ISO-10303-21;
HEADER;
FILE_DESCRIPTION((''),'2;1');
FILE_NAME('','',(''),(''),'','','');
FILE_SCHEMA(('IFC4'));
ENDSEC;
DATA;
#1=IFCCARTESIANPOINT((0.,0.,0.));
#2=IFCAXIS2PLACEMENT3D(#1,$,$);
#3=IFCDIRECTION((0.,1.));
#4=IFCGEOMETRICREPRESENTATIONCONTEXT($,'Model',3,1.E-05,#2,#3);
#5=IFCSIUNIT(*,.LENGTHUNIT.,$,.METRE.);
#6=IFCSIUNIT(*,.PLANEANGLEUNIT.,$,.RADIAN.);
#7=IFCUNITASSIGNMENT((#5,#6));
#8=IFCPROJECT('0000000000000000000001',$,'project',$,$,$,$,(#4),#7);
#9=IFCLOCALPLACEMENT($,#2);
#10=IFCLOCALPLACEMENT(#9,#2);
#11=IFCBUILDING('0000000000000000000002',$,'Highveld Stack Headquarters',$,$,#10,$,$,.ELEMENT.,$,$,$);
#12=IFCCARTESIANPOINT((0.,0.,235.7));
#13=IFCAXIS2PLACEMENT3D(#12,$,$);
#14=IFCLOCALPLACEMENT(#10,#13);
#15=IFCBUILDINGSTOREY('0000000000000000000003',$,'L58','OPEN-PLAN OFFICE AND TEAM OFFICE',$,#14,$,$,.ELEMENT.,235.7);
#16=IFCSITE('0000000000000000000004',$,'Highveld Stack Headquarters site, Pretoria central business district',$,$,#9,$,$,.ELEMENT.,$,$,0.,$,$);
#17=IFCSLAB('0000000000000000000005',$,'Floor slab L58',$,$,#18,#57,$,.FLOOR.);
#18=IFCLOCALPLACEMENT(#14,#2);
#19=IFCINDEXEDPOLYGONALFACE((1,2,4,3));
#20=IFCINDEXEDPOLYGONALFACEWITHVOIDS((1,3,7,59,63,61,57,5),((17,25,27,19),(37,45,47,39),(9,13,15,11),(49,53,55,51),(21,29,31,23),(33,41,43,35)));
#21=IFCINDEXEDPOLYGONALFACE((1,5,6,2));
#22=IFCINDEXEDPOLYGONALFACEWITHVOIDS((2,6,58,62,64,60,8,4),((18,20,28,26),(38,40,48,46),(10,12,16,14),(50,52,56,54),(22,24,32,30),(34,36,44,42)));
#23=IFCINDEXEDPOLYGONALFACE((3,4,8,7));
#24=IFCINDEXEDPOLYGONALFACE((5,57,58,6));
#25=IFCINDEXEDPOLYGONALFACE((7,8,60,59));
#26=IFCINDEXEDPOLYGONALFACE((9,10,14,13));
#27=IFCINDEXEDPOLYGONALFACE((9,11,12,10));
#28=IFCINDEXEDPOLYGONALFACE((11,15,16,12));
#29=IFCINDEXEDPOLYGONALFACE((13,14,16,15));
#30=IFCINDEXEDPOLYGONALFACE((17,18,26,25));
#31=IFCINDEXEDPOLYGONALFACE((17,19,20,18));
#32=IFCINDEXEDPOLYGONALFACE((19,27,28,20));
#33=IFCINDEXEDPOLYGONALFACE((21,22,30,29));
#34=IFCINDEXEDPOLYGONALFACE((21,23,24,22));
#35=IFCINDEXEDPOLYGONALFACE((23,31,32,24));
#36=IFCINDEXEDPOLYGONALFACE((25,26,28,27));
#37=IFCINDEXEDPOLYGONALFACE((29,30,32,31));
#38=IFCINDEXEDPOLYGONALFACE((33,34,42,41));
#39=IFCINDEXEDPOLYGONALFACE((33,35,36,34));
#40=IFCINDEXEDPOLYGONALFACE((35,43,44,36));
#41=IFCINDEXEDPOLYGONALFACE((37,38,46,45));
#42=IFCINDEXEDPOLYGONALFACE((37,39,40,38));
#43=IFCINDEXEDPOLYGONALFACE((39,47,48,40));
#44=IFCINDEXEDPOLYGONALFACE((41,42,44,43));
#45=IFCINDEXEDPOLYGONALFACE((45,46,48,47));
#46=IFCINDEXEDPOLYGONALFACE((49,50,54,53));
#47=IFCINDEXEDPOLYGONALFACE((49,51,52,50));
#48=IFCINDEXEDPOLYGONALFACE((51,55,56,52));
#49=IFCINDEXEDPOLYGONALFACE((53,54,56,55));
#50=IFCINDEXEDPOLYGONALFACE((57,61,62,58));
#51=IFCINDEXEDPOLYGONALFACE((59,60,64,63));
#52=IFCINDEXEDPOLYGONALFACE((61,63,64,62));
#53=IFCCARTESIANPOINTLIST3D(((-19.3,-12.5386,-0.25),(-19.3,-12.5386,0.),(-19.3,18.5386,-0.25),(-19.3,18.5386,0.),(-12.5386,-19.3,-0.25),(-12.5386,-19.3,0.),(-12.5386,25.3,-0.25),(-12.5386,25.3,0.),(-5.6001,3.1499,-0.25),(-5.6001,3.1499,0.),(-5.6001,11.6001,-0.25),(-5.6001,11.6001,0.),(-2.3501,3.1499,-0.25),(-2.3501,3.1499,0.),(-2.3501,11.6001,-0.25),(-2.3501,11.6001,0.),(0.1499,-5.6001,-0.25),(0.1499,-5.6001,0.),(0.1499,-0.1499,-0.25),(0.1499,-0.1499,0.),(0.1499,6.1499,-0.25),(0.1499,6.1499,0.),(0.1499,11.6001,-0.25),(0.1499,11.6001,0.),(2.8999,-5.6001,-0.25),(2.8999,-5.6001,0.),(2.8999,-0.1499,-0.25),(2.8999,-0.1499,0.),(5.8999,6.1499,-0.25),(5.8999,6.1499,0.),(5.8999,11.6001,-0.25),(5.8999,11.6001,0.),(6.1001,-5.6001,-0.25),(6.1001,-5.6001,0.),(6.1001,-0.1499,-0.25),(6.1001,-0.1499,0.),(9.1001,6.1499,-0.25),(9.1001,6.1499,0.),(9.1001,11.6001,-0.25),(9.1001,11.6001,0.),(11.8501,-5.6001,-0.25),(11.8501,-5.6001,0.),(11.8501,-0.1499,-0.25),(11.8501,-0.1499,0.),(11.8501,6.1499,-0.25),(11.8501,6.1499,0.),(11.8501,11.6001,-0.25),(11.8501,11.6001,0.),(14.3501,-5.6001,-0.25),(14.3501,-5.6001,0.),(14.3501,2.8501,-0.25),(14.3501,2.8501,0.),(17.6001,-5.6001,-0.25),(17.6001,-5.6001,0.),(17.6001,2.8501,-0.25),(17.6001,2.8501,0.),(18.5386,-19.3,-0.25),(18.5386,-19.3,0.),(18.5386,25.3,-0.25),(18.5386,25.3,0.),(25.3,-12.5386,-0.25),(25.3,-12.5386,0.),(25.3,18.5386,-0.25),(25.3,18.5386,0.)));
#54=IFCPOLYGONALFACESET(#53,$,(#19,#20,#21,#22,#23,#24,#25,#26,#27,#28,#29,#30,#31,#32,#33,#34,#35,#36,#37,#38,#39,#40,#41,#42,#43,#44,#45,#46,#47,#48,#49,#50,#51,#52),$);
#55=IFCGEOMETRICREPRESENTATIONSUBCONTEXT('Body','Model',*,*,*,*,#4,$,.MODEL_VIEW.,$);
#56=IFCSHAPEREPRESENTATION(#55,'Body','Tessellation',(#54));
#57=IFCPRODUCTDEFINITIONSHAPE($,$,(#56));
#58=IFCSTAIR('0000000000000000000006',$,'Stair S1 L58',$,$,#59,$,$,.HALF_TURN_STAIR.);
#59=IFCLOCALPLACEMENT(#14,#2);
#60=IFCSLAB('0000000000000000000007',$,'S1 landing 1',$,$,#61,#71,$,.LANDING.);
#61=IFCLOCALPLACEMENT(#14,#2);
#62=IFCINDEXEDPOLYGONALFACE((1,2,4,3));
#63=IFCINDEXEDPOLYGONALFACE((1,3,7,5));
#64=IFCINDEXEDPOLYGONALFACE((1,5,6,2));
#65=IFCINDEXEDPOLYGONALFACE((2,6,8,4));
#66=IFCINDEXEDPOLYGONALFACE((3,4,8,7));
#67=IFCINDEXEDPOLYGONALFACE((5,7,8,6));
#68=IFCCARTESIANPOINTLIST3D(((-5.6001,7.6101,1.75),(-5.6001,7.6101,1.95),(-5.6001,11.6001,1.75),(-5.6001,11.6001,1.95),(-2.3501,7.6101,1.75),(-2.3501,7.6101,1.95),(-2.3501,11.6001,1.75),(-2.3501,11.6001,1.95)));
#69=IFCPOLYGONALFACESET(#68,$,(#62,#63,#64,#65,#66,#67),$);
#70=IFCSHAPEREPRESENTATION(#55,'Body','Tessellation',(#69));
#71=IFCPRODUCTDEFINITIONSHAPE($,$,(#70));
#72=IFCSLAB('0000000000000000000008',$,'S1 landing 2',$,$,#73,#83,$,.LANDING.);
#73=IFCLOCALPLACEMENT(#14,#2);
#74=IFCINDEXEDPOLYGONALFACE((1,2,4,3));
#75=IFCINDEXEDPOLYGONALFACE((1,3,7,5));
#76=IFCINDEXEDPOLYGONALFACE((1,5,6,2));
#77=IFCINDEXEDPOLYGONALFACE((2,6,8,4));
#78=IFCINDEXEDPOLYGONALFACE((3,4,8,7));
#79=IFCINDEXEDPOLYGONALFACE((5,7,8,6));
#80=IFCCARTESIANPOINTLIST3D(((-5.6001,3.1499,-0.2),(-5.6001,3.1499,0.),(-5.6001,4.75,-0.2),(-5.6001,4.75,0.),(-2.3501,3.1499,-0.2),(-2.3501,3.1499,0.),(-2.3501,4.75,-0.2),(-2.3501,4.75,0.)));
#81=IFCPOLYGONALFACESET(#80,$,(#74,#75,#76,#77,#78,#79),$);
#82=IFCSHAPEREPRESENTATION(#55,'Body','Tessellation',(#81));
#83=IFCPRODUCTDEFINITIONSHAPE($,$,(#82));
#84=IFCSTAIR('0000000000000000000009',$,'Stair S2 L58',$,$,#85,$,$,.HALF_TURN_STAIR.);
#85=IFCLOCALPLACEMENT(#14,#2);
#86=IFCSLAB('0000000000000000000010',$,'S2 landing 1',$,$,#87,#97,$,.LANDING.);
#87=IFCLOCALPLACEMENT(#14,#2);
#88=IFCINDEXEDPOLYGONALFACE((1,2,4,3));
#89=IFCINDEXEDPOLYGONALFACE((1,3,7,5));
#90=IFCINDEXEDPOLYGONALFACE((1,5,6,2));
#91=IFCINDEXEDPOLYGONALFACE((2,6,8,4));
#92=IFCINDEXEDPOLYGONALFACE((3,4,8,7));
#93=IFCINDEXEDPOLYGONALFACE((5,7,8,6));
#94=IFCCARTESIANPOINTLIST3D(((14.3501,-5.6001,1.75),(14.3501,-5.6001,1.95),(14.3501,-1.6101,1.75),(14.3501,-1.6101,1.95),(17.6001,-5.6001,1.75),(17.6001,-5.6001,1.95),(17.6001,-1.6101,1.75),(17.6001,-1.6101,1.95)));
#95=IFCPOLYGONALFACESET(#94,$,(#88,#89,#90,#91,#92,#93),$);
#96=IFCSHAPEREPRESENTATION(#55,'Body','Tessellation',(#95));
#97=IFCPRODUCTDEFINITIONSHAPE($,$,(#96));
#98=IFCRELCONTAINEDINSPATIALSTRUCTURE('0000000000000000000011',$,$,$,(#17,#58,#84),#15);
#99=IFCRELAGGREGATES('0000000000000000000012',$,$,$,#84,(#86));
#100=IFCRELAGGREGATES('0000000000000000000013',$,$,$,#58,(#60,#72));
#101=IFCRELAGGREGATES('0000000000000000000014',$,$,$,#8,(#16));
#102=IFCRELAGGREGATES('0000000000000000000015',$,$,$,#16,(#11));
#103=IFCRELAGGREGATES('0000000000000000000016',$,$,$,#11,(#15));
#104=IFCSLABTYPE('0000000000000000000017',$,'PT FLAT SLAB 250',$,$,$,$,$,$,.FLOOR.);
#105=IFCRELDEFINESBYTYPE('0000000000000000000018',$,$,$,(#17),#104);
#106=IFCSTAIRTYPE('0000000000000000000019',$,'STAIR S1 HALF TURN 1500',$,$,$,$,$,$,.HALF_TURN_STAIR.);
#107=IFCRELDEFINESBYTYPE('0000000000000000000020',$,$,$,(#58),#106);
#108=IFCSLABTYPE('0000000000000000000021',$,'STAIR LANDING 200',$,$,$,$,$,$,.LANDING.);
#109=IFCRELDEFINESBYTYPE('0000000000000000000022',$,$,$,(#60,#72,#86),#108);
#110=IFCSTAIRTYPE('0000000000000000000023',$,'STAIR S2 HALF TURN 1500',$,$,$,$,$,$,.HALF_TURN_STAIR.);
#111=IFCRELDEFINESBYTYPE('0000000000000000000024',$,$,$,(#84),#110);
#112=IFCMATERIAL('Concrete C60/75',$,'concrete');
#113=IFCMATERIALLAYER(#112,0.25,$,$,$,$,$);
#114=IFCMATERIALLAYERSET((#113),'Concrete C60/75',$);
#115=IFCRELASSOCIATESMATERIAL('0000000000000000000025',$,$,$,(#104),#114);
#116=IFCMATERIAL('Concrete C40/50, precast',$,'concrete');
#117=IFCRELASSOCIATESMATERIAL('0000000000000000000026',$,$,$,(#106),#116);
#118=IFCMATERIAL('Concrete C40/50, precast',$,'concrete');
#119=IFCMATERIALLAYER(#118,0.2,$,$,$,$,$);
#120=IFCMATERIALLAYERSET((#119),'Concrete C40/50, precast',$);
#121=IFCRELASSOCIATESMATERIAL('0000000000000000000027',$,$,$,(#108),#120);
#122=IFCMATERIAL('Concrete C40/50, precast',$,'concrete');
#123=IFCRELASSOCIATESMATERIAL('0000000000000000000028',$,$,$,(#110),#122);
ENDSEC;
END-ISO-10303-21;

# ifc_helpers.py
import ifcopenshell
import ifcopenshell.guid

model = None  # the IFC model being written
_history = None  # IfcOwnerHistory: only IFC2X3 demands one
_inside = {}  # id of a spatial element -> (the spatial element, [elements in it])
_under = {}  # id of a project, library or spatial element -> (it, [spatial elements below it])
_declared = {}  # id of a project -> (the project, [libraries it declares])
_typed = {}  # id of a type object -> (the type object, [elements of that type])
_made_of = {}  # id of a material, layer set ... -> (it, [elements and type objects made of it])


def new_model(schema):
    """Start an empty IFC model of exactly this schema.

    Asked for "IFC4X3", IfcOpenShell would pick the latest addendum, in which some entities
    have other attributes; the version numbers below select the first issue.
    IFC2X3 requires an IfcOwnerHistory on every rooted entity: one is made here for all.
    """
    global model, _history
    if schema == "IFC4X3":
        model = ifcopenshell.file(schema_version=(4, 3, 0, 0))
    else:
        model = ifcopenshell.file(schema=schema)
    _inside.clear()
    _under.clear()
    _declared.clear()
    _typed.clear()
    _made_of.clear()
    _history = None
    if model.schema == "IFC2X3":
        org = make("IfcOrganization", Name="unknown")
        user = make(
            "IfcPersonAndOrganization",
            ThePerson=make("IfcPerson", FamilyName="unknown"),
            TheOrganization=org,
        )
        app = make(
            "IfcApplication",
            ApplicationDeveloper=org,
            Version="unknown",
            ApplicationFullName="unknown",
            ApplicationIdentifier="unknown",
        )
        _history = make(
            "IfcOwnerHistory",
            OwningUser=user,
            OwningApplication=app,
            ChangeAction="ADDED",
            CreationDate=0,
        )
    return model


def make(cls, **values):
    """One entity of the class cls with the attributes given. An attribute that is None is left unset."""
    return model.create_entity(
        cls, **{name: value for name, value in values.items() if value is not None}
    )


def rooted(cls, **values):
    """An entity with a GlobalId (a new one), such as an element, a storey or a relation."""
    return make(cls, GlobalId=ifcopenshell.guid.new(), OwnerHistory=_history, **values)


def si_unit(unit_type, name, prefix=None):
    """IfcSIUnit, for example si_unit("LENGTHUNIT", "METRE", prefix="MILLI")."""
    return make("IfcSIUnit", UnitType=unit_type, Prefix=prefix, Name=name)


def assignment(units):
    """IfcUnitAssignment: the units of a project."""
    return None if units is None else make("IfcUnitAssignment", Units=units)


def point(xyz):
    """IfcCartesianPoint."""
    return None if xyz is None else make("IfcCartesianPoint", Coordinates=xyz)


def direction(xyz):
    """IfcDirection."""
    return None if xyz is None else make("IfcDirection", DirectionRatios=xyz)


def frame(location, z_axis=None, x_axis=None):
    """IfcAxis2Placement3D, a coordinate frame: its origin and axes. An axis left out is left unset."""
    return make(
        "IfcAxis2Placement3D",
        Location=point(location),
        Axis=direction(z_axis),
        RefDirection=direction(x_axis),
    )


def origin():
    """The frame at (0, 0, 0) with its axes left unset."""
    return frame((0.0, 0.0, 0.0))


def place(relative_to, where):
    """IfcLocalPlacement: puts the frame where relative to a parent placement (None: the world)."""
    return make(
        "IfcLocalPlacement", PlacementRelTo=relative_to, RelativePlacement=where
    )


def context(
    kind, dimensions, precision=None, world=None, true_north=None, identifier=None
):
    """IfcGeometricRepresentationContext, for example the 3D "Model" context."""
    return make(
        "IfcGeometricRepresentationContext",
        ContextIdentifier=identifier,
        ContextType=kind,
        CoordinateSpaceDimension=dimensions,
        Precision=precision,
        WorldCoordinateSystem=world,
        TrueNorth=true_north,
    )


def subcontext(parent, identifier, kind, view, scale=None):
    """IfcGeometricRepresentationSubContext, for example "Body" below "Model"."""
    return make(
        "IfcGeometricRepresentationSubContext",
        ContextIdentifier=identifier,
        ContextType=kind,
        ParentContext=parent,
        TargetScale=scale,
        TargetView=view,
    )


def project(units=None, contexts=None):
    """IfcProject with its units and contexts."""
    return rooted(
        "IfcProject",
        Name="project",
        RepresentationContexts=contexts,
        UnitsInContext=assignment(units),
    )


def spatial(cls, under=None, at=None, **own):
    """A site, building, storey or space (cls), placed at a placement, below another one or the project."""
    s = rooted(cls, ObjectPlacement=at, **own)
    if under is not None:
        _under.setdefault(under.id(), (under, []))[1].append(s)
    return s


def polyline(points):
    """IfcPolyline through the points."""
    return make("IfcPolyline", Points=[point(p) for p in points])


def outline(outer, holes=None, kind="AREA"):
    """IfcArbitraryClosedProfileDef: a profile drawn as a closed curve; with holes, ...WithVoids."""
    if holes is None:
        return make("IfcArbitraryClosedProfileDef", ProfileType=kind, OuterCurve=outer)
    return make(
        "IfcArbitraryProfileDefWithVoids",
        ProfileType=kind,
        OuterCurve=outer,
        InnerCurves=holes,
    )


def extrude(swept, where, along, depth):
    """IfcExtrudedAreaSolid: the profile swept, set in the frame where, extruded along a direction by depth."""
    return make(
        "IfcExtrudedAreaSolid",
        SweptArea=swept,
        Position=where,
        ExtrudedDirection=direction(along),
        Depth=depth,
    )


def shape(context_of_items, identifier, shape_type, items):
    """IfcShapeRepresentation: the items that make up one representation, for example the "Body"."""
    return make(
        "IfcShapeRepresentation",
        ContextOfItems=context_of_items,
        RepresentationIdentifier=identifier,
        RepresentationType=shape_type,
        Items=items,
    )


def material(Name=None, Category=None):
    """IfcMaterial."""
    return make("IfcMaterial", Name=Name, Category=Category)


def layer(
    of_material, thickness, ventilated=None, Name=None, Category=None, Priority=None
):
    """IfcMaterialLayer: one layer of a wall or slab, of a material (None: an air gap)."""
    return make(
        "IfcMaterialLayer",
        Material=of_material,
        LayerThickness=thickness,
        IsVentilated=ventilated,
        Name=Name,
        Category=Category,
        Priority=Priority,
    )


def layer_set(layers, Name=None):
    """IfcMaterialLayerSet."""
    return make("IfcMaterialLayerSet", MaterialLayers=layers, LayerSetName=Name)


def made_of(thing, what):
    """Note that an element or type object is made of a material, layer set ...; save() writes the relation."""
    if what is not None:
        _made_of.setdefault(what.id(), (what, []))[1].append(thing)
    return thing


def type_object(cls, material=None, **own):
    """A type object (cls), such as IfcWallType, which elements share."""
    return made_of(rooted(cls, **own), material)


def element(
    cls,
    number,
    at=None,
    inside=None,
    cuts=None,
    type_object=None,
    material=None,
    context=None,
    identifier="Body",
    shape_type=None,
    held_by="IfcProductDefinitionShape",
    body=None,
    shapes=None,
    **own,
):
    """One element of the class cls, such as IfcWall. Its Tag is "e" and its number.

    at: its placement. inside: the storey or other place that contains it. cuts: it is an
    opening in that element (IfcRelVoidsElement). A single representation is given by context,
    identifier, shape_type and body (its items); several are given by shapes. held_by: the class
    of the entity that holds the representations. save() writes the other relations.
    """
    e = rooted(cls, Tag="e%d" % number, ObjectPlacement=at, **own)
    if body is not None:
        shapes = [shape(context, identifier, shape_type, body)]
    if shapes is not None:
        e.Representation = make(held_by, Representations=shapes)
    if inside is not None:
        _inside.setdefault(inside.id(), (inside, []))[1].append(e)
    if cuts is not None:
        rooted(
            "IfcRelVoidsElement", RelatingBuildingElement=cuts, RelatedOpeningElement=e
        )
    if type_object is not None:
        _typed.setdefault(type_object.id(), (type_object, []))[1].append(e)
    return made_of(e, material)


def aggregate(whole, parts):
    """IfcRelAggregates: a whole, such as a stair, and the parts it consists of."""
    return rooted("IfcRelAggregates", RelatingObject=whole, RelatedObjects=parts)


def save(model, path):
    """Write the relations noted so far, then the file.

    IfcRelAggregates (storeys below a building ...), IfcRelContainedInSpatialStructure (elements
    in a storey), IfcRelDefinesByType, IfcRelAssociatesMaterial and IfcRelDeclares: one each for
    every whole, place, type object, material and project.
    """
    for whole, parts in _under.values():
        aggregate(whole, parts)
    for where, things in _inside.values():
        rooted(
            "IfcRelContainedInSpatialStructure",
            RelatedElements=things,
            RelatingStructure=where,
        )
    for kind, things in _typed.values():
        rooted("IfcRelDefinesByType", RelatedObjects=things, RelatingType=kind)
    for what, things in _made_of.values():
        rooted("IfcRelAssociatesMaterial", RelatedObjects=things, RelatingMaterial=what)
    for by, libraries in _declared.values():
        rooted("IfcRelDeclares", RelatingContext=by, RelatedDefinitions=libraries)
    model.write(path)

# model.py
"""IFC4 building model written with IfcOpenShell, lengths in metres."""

from ifc_helpers import new_model, si_unit, direction, frame, origin, place, context, subcontext, project, spatial, polyline, outline, extrude, material, layer, layer_set, type_object, element, aggregate, save


model = new_model("IFC4")

# Units and contexts
model_context = context("Model", 3, precision=1e-05, world=origin(), true_north=direction((0.0, 1.0)))
body_context = subcontext(model_context, "Body", "Model", "MODEL_VIEW")
ifc_project = project(units=[si_unit("LENGTHUNIT", "METRE"), si_unit("PLANEANGLEUNIT", "RADIAN")], contexts=[model_context])

# Site, building, storey
site_placement = place(None, origin())
site = spatial("IfcSite", under=ifc_project, at=site_placement, Name="Highveld Stack Headquarters site, Pretoria central business district", CompositionType="ELEMENT", RefElevation=0.0)
building_placement = place(site_placement, origin())
building = spatial("IfcBuilding", under=site, at=building_placement, Name="Highveld Stack Headquarters", CompositionType="ELEMENT")
storey_placement = place(building_placement, frame((0.0, 0.0, 235.7)))
storey = spatial("IfcBuildingStorey", under=building, at=storey_placement, Name="L58", Description="OPEN-PLAN OFFICE AND TEAM OFFICE", CompositionType="ELEMENT", Elevation=235.7)

# Slab
ifc_material_1 = material(Name="Concrete C60/75", Category="concrete")
ifc_layer_1 = layer(ifc_material_1, 0.25)
ifc_layer_set_1 = layer_set([ifc_layer_1], Name="Concrete C60/75")
slab_type_1 = type_object("IfcSlabType", Name="PT FLAT SLAB 250", PredefinedType="FLOOR", material=ifc_layer_set_1)
slab_1_placement = place(storey_placement, frame((0.0, 0.0, -0.25)))
element("IfcSlab", 1, at=slab_1_placement, inside=storey, type_object=slab_type_1, Name="Floor slab L58", PredefinedType="FLOOR", context=body_context, shape_type="SweptSolid", body=[
    extrude(outline(polyline([(-12.5386, -19.3), (18.5386, -19.3), (25.3, -12.5386), (25.3, 18.5386), (18.5386, 25.3), (-12.5386, 25.3), (-19.3, 18.5386), (-19.3, -12.5386), (-12.5386, -19.3)]), holes=[polyline([(0.1499, 6.1499), (5.8999, 6.1499), (5.8999, 11.6001), (0.1499, 11.6001), (0.1499, 6.1499)]), polyline([(9.1001, 6.1499), (11.8501, 6.1499), (11.8501, 11.6001), (9.1001, 11.6001), (9.1001, 6.1499)]), polyline([(6.1001, -5.6001), (11.8501, -5.6001), (11.8501, -0.1499), (6.1001, -0.1499), (6.1001, -5.6001)]), polyline([(0.1499, -5.6001), (2.8999, -5.6001), (2.8999, -0.1499), (0.1499, -0.1499), (0.1499, -5.6001)]), polyline([(-5.6001, 3.1499), (-2.3501, 3.1499), (-2.3501, 11.6001), (-5.6001, 11.6001), (-5.6001, 3.1499)]), polyline([(14.3501, -5.6001), (17.6001, -5.6001), (17.6001, 2.8501), (14.3501, 2.8501), (14.3501, -5.6001)])]), origin(), (0.0, 0.0, 1.0), 0.25),
])

# Stair, slabs
ifc_material_2 = material(Name="Concrete C40/50, precast", Category="concrete")
stair_type_1 = type_object("IfcStairType", Name="STAIR S1 HALF TURN 1500", PredefinedType="HALF_TURN_STAIR", material=ifc_material_2)
stair_1_placement = place(storey_placement, origin())
stair_1 = element("IfcStair", 2, at=stair_1_placement, inside=storey, type_object=stair_type_1, Name="Stair S1 L58", PredefinedType="HALF_TURN_STAIR")
ifc_material_3 = material(Name="Concrete C40/50, precast", Category="concrete")
ifc_layer_2 = layer(ifc_material_3, 0.2)
ifc_layer_set_2 = layer_set([ifc_layer_2], Name="Concrete C40/50, precast")
slab_type_2 = type_object("IfcSlabType", Name="STAIR LANDING 200", PredefinedType="LANDING", material=ifc_layer_set_2)
slab_2_placement = place(storey_placement, frame((0.0, 0.0, 1.75)))
slab_2 = element("IfcSlab", 3, at=slab_2_placement, type_object=slab_type_2, Name="S1 landing 1", PredefinedType="LANDING", context=body_context, shape_type="SweptSolid", body=[
    extrude(outline(polyline([(-5.6001, 7.6101), (-2.3501, 7.6101), (-2.3501, 11.6001), (-5.6001, 11.6001), (-5.6001, 7.6101)])), origin(), (0.0, 0.0, 1.0), 0.2),
])
slab_3_placement = place(storey_placement, frame((0.0, 0.0, -0.2)))
slab_3 = element("IfcSlab", 4, at=slab_3_placement, type_object=slab_type_2, Name="S1 landing 2", PredefinedType="LANDING", context=body_context, shape_type="SweptSolid", body=[
    extrude(outline(polyline([(-5.6001, 3.1499), (-2.3501, 3.1499), (-2.3501, 4.75), (-5.6001, 4.75), (-5.6001, 3.1499)])), origin(), (0.0, 0.0, 1.0), 0.2),
])

# Stair, slab
ifc_material_4 = material(Name="Concrete C40/50, precast", Category="concrete")
stair_type_2 = type_object("IfcStairType", Name="STAIR S2 HALF TURN 1500", PredefinedType="HALF_TURN_STAIR", material=ifc_material_4)
stair_2_placement = place(storey_placement, origin())
stair_2 = element("IfcStair", 5, at=stair_2_placement, inside=storey, type_object=stair_type_2, Name="Stair S2 L58", PredefinedType="HALF_TURN_STAIR")
slab_4_placement = place(storey_placement, frame((0.0, 0.0, 1.75)))
slab_4 = element("IfcSlab", 6, at=slab_4_placement, type_object=slab_type_2, Name="S2 landing 1", PredefinedType="LANDING", context=body_context, shape_type="SweptSolid", body=[
    extrude(outline(polyline([(14.3501, -5.6001), (17.6001, -5.6001), (17.6001, -1.6101), (14.3501, -1.6101), (14.3501, -5.6001)])), origin(), (0.0, 0.0, 1.0), 0.2),
])
aggregate(stair_2, [slab_4])

aggregate(stair_1, [slab_2, slab_3])

save(model, "model.ifc")
